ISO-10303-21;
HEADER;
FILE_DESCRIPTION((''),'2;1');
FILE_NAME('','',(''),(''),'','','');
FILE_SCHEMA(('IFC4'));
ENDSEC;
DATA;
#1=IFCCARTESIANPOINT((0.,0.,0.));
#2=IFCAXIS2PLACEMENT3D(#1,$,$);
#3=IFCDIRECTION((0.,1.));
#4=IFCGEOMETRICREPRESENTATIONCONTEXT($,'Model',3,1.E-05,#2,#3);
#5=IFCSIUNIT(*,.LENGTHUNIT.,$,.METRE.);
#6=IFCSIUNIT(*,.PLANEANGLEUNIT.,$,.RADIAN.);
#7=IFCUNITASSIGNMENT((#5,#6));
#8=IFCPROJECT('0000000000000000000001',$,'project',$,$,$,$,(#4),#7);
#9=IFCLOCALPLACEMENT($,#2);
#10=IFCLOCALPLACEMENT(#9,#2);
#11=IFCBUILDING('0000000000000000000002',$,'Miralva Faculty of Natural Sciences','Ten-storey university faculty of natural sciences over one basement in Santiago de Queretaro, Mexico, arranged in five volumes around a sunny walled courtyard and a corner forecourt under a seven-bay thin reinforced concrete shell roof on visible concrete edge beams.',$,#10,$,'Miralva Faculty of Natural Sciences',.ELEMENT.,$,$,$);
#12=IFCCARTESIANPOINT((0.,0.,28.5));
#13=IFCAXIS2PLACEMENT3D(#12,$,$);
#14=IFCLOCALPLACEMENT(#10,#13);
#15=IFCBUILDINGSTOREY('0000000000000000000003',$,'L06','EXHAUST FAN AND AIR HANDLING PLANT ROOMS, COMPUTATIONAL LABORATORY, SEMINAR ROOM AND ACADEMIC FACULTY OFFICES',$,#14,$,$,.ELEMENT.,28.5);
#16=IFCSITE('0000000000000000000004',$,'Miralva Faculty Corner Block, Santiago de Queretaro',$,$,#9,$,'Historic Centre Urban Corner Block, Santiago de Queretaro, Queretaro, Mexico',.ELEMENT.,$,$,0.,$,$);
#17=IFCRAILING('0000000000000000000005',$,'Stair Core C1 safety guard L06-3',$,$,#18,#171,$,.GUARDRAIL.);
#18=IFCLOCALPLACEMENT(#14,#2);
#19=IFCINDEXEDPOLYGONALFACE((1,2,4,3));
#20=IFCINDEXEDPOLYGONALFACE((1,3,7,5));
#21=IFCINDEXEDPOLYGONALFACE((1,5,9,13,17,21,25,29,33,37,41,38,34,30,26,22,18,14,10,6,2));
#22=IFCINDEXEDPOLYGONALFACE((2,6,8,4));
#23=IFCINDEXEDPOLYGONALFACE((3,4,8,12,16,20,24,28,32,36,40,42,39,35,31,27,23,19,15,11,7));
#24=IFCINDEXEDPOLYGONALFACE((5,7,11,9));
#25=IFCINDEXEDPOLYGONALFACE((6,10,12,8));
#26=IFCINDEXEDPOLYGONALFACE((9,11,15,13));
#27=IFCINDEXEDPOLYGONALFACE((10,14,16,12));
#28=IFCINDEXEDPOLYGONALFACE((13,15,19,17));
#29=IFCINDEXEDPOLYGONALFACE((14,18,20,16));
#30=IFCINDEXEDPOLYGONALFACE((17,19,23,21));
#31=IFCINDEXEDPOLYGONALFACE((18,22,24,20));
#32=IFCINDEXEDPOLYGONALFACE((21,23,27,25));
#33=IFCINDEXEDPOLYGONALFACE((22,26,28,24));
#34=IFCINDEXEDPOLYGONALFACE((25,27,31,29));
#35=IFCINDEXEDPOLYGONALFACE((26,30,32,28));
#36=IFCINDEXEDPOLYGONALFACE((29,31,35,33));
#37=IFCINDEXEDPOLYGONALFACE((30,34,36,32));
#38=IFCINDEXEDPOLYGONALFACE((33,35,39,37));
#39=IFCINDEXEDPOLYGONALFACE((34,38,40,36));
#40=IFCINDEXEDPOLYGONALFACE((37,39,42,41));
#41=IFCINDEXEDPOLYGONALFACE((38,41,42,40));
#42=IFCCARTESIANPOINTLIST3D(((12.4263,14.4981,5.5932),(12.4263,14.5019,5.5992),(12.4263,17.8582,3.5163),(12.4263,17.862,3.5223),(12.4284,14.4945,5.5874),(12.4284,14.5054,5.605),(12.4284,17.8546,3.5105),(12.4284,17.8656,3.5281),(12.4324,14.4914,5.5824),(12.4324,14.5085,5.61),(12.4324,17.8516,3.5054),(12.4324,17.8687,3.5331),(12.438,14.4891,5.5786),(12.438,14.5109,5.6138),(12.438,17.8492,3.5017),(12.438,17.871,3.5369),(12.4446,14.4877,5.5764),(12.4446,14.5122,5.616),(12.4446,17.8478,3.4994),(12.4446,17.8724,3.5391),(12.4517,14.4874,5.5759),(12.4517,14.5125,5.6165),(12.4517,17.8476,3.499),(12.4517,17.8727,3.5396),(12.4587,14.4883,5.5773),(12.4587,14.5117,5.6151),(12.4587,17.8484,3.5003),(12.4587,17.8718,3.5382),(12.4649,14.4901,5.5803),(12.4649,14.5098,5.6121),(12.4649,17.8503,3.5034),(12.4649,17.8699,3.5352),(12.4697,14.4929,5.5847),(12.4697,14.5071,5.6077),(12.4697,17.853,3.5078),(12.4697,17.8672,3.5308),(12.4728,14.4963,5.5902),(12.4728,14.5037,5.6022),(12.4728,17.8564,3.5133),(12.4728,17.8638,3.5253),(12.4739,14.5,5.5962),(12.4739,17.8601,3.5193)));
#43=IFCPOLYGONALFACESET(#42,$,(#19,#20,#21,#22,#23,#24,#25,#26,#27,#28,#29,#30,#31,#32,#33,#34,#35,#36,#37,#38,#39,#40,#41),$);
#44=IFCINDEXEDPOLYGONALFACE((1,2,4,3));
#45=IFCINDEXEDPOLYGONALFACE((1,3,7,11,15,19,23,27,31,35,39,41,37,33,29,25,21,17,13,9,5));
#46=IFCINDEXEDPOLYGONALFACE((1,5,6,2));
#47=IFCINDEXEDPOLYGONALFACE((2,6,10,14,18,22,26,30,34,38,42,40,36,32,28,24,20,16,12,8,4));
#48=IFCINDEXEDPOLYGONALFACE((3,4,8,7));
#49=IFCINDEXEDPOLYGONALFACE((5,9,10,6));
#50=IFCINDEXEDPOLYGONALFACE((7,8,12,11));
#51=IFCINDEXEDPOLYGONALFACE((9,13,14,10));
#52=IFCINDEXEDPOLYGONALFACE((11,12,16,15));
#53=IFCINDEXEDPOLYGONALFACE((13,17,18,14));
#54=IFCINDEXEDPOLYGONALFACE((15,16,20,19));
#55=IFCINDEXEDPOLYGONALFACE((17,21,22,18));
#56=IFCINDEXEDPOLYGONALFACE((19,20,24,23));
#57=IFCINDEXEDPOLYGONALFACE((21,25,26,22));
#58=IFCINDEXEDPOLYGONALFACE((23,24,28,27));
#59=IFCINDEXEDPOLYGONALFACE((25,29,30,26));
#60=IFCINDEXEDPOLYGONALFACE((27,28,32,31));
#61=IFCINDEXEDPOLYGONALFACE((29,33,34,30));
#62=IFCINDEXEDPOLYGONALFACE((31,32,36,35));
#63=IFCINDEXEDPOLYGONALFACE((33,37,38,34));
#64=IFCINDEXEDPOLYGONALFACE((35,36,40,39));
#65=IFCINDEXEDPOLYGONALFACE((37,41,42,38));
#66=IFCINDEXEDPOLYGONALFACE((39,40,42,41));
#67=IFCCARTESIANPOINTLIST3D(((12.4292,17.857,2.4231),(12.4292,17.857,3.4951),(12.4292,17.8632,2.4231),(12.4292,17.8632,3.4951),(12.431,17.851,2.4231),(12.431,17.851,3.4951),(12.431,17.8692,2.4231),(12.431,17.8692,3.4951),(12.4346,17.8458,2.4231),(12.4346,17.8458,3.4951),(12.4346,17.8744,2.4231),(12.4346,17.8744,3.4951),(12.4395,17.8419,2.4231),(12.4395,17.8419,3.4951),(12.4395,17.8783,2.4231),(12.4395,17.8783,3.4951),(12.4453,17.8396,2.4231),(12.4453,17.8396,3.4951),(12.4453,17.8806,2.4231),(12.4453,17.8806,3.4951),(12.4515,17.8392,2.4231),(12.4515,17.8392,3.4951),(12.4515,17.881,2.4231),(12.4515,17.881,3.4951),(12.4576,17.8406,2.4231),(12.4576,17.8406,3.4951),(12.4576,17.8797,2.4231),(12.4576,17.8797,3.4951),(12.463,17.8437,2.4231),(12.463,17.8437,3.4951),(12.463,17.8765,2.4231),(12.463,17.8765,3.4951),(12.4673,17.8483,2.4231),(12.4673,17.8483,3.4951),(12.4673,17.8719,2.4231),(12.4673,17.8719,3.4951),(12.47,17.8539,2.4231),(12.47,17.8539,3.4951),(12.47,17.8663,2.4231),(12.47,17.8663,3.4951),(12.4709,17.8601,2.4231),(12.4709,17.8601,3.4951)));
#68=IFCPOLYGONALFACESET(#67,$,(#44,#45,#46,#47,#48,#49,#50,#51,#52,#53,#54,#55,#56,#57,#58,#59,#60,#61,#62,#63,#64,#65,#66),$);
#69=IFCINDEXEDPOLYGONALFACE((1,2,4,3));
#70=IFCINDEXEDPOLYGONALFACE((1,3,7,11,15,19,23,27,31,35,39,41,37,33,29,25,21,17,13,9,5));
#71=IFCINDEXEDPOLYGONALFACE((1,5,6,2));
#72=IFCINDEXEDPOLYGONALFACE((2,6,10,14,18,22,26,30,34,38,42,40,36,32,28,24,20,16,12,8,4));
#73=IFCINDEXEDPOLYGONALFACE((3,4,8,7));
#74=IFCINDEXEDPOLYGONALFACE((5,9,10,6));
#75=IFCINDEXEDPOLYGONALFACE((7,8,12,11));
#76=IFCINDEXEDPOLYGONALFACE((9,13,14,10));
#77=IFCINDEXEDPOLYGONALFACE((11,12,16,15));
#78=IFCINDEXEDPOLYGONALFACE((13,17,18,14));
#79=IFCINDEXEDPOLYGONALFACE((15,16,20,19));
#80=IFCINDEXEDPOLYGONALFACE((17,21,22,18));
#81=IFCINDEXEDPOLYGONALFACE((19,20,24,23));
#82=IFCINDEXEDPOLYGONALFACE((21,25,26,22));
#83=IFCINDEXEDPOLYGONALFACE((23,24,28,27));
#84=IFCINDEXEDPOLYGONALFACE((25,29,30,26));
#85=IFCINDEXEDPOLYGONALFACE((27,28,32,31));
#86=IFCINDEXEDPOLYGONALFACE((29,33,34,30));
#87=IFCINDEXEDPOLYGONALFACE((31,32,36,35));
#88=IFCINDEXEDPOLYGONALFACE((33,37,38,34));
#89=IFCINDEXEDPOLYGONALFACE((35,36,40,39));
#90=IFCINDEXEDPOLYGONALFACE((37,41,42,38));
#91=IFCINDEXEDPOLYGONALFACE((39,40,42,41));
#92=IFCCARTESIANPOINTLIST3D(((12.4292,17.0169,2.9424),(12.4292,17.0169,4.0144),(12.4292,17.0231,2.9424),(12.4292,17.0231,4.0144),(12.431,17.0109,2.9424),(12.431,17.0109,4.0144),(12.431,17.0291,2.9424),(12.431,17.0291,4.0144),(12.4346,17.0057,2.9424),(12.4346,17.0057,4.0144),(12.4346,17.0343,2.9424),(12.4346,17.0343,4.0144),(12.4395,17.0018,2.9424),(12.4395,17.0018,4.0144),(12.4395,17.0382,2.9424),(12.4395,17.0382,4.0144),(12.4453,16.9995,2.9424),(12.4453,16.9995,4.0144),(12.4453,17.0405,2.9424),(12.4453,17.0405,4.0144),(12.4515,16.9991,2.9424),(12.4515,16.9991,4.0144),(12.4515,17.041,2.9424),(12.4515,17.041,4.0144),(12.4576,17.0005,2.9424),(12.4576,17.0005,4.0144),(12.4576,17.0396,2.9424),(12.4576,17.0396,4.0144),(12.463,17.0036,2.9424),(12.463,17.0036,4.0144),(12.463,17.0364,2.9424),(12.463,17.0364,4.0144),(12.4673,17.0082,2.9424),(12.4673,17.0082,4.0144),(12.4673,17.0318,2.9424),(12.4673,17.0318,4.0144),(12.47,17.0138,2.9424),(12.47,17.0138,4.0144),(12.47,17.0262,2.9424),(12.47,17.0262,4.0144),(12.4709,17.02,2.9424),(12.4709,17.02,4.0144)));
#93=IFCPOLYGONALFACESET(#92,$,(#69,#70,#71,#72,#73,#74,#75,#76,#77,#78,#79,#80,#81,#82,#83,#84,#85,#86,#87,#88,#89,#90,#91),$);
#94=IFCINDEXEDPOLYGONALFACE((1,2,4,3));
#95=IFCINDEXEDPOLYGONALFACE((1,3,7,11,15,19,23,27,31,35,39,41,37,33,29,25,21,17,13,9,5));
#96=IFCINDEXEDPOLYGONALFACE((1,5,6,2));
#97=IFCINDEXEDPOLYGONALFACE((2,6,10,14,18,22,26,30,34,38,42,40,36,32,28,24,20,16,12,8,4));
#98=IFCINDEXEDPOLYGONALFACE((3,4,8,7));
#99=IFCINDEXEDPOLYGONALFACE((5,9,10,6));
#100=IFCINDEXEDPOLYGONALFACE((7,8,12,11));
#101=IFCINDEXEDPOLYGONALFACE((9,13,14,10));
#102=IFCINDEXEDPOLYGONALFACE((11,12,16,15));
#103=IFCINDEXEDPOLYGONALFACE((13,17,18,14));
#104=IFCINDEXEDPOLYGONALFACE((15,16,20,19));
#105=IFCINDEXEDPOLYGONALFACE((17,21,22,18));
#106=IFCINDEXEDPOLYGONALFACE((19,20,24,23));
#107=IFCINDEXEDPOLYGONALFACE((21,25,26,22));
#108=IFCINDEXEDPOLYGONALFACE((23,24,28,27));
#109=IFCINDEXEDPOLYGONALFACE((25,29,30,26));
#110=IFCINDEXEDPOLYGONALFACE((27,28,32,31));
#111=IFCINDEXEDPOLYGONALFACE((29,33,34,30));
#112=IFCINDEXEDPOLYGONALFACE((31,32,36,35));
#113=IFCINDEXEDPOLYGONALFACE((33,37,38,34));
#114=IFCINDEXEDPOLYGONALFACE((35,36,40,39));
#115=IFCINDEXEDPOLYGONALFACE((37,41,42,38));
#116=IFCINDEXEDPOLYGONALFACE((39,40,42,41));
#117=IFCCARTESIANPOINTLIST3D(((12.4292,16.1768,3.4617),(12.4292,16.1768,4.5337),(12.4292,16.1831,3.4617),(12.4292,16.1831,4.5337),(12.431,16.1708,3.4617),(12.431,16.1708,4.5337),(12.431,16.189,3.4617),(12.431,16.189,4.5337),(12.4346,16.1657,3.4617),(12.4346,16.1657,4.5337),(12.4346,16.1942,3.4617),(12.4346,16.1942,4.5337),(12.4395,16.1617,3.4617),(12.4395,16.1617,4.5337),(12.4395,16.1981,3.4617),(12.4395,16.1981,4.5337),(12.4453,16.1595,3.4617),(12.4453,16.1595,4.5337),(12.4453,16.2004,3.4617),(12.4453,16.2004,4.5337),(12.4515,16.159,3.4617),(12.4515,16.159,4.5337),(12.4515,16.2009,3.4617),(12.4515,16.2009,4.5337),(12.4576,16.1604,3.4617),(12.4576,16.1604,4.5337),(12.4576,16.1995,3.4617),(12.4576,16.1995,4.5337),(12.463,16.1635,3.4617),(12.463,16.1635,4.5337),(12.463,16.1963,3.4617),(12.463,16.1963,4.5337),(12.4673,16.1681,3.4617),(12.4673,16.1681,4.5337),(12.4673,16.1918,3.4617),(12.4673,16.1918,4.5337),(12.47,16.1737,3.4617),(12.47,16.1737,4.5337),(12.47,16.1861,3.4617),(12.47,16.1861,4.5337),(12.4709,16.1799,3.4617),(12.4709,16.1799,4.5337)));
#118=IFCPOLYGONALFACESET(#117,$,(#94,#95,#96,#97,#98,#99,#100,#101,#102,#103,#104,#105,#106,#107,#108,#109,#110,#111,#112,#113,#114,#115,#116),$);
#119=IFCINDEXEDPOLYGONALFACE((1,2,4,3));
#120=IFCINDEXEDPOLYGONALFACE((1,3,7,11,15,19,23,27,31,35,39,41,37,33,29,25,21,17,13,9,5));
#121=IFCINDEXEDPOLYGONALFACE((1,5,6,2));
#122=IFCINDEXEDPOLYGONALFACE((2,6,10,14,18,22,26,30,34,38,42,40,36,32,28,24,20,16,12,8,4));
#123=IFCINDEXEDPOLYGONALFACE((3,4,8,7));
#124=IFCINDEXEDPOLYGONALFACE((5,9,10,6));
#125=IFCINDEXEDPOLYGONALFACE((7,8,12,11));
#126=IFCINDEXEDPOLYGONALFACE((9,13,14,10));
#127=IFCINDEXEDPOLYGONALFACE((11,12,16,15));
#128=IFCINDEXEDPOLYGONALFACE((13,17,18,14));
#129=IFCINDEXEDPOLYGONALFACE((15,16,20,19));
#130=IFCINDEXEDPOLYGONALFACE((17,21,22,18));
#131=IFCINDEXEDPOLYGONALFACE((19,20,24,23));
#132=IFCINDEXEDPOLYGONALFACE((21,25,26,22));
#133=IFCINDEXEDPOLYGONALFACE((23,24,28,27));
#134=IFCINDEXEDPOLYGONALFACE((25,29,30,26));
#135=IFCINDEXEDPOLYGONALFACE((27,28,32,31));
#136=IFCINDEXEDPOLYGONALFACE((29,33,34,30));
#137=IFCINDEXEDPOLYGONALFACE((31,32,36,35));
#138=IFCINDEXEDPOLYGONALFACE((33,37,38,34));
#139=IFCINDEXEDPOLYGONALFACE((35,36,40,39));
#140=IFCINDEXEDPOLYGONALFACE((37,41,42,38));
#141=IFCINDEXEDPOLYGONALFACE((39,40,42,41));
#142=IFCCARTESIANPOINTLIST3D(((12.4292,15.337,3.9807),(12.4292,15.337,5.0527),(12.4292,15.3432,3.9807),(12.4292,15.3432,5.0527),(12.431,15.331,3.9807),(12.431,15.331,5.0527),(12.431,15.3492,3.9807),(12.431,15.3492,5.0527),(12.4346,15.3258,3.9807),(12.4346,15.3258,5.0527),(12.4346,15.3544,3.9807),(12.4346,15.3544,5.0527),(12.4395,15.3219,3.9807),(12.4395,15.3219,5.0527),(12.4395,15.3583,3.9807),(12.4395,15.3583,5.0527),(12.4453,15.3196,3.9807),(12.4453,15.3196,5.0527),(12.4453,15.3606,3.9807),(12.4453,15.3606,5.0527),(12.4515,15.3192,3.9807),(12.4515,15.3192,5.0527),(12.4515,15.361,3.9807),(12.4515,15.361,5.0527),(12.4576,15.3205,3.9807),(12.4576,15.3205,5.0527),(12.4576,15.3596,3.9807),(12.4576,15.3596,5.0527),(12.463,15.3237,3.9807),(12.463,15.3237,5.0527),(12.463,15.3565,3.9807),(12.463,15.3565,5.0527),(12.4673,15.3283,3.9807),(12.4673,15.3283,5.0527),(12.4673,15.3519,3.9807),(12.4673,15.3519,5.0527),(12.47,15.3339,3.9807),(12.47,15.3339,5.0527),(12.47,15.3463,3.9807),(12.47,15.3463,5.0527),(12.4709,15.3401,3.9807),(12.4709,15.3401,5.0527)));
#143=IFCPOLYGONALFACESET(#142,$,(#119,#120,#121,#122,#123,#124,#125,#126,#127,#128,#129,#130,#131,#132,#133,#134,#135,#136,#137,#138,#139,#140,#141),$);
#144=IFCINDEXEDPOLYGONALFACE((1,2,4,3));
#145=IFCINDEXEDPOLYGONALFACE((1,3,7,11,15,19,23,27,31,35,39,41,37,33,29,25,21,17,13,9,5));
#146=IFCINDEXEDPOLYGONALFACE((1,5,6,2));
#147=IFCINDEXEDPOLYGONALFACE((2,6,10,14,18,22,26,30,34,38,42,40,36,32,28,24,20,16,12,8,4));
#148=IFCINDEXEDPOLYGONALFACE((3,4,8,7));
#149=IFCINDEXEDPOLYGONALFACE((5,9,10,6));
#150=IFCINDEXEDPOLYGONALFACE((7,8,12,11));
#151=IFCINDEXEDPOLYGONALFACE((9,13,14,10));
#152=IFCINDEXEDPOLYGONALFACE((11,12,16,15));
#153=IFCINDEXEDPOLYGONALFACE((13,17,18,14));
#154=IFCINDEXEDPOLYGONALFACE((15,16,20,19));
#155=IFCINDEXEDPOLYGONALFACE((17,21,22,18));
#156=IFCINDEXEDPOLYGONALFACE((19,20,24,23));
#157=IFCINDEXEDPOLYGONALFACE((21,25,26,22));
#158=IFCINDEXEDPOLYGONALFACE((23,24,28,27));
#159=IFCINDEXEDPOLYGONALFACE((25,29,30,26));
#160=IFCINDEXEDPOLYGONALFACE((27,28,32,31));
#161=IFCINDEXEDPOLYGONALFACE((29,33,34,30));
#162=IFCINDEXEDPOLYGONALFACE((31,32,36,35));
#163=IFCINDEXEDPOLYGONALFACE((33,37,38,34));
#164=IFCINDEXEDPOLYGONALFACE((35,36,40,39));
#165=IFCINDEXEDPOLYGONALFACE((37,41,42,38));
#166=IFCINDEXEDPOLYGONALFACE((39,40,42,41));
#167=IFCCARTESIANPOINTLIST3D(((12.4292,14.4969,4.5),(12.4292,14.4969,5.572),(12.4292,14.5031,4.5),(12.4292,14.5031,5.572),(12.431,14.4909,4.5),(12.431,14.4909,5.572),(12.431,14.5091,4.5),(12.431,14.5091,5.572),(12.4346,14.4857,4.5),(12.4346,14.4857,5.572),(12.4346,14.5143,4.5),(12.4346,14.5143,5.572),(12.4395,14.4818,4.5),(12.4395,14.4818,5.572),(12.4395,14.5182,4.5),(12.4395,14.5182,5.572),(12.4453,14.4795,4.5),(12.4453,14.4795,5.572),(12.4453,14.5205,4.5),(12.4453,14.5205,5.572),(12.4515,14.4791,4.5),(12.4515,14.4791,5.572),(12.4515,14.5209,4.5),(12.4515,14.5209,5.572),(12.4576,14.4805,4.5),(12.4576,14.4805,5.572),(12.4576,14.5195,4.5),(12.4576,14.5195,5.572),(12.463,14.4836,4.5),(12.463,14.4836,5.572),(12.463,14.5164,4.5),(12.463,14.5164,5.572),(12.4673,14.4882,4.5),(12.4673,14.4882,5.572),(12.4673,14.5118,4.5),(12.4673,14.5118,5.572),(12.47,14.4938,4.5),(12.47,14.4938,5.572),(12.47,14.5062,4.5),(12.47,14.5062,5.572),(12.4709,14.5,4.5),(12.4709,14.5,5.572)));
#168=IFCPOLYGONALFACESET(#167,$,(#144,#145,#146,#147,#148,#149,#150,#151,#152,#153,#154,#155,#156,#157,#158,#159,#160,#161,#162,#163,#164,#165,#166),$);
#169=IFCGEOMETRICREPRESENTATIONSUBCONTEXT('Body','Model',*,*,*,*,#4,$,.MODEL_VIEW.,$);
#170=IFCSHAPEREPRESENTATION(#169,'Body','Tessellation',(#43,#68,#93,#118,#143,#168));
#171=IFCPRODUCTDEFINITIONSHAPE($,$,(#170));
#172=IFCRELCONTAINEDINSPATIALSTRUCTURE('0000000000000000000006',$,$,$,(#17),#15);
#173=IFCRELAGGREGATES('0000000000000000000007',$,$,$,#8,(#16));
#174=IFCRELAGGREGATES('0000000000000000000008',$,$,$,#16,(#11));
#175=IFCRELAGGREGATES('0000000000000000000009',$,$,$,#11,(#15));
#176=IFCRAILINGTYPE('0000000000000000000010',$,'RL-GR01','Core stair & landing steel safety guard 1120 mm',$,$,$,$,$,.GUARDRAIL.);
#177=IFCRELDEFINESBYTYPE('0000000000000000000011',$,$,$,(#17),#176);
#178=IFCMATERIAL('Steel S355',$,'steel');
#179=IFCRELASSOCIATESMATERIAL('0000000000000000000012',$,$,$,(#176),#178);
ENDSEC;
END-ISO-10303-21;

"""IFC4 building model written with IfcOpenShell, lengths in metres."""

from ifc_helpers import new_model, si_unit, direction, frame, origin, origin_2d, place, context, subcontext, project, spatial, circle, extrude, material, type_object, element, save


model = new_model("IFC4")

# Units and contexts
model_context = context("Model", 3, precision=1e-05, world=origin(), true_north=direction((0.0, 1.0)))
body_context = subcontext(model_context, "Body", "Model", "MODEL_VIEW")
ifc_project = project(units=[si_unit("LENGTHUNIT", "METRE"), si_unit("PLANEANGLEUNIT", "RADIAN")], contexts=[model_context])

# Site, building, storey
site_placement = place(None, origin())
site = spatial("IfcSite", under=ifc_project, at=site_placement, Name="Miralva Faculty Corner Block, Santiago de Queretaro", LongName="Historic Centre Urban Corner Block, Santiago de Queretaro, Queretaro, Mexico", CompositionType="ELEMENT", RefElevation=0.0)
building_placement = place(site_placement, origin())
building = spatial("IfcBuilding", under=site, at=building_placement, Name="Miralva Faculty of Natural Sciences", Description="Ten-storey university faculty of natural sciences over one basement in Santiago de Queretaro, Mexico, arranged in five volumes around a sunny walled courtyard and a corner forecourt under a seven-bay thin reinforced concrete shell roof on visible concrete edge beams.", LongName="Miralva Faculty of Natural Sciences", CompositionType="ELEMENT")
storey_placement = place(building_placement, frame((0.0, 0.0, 28.5)))
storey = spatial("IfcBuildingStorey", under=building, at=storey_placement, Name="L06", Description="EXHAUST FAN AND AIR HANDLING PLANT ROOMS, COMPUTATIONAL LABORATORY, SEMINAR ROOM AND ACADEMIC FACULTY OFFICES", CompositionType="ELEMENT", Elevation=28.5)

# Railing
ifc_material_1 = material(Name="Steel S355", Category="steel")
railing_type_1 = type_object("IfcRailingType", Name="RL-GR01", Description="Core stair & landing steel safety guard 1120 mm", PredefinedType="GUARDRAIL", material=ifc_material_1)
railing_1_placement = place(storey_placement, frame((12.45, 17.8601, 2.4231)))
element("IfcRailing", 1, at=railing_1_placement, inside=storey, type_object=railing_type_1, Name="Stair Core C1 safety guard L06-3", PredefinedType="GUARDRAIL", context=body_context, shape_type="SweptSolid", body=[
    extrude(circle(Radius=0.0239, at=origin_2d()), frame((0.0, 0.0, 1.0962), z_axis=(0.0, -0.850623, 0.525776), x_axis=(1.0, 0.0, 0.0)), (0.0, 0.0, 1.0), 3.9502),
    extrude(circle(Radius=0.021, at=origin_2d()), origin(), (0.0, 0.0, 1.0), 1.072),
    extrude(circle(Radius=0.021, at=origin_2d()), frame((0.0, -0.8401, 0.5193)), (0.0, 0.0, 1.0), 1.072),
    extrude(circle(Radius=0.021, at=origin_2d()), frame((0.0, -1.6802, 1.0386)), (0.0, 0.0, 1.0), 1.072),
    extrude(circle(Radius=0.021, at=origin_2d()), frame((0.0, -2.52, 1.5576)), (0.0, 0.0, 1.0), 1.072),
    extrude(circle(Radius=0.021, at=origin_2d()), frame((0.0, -3.3601, 2.0769)), (0.0, 0.0, 1.0), 1.072),
])

save(model, "model.ifc")
